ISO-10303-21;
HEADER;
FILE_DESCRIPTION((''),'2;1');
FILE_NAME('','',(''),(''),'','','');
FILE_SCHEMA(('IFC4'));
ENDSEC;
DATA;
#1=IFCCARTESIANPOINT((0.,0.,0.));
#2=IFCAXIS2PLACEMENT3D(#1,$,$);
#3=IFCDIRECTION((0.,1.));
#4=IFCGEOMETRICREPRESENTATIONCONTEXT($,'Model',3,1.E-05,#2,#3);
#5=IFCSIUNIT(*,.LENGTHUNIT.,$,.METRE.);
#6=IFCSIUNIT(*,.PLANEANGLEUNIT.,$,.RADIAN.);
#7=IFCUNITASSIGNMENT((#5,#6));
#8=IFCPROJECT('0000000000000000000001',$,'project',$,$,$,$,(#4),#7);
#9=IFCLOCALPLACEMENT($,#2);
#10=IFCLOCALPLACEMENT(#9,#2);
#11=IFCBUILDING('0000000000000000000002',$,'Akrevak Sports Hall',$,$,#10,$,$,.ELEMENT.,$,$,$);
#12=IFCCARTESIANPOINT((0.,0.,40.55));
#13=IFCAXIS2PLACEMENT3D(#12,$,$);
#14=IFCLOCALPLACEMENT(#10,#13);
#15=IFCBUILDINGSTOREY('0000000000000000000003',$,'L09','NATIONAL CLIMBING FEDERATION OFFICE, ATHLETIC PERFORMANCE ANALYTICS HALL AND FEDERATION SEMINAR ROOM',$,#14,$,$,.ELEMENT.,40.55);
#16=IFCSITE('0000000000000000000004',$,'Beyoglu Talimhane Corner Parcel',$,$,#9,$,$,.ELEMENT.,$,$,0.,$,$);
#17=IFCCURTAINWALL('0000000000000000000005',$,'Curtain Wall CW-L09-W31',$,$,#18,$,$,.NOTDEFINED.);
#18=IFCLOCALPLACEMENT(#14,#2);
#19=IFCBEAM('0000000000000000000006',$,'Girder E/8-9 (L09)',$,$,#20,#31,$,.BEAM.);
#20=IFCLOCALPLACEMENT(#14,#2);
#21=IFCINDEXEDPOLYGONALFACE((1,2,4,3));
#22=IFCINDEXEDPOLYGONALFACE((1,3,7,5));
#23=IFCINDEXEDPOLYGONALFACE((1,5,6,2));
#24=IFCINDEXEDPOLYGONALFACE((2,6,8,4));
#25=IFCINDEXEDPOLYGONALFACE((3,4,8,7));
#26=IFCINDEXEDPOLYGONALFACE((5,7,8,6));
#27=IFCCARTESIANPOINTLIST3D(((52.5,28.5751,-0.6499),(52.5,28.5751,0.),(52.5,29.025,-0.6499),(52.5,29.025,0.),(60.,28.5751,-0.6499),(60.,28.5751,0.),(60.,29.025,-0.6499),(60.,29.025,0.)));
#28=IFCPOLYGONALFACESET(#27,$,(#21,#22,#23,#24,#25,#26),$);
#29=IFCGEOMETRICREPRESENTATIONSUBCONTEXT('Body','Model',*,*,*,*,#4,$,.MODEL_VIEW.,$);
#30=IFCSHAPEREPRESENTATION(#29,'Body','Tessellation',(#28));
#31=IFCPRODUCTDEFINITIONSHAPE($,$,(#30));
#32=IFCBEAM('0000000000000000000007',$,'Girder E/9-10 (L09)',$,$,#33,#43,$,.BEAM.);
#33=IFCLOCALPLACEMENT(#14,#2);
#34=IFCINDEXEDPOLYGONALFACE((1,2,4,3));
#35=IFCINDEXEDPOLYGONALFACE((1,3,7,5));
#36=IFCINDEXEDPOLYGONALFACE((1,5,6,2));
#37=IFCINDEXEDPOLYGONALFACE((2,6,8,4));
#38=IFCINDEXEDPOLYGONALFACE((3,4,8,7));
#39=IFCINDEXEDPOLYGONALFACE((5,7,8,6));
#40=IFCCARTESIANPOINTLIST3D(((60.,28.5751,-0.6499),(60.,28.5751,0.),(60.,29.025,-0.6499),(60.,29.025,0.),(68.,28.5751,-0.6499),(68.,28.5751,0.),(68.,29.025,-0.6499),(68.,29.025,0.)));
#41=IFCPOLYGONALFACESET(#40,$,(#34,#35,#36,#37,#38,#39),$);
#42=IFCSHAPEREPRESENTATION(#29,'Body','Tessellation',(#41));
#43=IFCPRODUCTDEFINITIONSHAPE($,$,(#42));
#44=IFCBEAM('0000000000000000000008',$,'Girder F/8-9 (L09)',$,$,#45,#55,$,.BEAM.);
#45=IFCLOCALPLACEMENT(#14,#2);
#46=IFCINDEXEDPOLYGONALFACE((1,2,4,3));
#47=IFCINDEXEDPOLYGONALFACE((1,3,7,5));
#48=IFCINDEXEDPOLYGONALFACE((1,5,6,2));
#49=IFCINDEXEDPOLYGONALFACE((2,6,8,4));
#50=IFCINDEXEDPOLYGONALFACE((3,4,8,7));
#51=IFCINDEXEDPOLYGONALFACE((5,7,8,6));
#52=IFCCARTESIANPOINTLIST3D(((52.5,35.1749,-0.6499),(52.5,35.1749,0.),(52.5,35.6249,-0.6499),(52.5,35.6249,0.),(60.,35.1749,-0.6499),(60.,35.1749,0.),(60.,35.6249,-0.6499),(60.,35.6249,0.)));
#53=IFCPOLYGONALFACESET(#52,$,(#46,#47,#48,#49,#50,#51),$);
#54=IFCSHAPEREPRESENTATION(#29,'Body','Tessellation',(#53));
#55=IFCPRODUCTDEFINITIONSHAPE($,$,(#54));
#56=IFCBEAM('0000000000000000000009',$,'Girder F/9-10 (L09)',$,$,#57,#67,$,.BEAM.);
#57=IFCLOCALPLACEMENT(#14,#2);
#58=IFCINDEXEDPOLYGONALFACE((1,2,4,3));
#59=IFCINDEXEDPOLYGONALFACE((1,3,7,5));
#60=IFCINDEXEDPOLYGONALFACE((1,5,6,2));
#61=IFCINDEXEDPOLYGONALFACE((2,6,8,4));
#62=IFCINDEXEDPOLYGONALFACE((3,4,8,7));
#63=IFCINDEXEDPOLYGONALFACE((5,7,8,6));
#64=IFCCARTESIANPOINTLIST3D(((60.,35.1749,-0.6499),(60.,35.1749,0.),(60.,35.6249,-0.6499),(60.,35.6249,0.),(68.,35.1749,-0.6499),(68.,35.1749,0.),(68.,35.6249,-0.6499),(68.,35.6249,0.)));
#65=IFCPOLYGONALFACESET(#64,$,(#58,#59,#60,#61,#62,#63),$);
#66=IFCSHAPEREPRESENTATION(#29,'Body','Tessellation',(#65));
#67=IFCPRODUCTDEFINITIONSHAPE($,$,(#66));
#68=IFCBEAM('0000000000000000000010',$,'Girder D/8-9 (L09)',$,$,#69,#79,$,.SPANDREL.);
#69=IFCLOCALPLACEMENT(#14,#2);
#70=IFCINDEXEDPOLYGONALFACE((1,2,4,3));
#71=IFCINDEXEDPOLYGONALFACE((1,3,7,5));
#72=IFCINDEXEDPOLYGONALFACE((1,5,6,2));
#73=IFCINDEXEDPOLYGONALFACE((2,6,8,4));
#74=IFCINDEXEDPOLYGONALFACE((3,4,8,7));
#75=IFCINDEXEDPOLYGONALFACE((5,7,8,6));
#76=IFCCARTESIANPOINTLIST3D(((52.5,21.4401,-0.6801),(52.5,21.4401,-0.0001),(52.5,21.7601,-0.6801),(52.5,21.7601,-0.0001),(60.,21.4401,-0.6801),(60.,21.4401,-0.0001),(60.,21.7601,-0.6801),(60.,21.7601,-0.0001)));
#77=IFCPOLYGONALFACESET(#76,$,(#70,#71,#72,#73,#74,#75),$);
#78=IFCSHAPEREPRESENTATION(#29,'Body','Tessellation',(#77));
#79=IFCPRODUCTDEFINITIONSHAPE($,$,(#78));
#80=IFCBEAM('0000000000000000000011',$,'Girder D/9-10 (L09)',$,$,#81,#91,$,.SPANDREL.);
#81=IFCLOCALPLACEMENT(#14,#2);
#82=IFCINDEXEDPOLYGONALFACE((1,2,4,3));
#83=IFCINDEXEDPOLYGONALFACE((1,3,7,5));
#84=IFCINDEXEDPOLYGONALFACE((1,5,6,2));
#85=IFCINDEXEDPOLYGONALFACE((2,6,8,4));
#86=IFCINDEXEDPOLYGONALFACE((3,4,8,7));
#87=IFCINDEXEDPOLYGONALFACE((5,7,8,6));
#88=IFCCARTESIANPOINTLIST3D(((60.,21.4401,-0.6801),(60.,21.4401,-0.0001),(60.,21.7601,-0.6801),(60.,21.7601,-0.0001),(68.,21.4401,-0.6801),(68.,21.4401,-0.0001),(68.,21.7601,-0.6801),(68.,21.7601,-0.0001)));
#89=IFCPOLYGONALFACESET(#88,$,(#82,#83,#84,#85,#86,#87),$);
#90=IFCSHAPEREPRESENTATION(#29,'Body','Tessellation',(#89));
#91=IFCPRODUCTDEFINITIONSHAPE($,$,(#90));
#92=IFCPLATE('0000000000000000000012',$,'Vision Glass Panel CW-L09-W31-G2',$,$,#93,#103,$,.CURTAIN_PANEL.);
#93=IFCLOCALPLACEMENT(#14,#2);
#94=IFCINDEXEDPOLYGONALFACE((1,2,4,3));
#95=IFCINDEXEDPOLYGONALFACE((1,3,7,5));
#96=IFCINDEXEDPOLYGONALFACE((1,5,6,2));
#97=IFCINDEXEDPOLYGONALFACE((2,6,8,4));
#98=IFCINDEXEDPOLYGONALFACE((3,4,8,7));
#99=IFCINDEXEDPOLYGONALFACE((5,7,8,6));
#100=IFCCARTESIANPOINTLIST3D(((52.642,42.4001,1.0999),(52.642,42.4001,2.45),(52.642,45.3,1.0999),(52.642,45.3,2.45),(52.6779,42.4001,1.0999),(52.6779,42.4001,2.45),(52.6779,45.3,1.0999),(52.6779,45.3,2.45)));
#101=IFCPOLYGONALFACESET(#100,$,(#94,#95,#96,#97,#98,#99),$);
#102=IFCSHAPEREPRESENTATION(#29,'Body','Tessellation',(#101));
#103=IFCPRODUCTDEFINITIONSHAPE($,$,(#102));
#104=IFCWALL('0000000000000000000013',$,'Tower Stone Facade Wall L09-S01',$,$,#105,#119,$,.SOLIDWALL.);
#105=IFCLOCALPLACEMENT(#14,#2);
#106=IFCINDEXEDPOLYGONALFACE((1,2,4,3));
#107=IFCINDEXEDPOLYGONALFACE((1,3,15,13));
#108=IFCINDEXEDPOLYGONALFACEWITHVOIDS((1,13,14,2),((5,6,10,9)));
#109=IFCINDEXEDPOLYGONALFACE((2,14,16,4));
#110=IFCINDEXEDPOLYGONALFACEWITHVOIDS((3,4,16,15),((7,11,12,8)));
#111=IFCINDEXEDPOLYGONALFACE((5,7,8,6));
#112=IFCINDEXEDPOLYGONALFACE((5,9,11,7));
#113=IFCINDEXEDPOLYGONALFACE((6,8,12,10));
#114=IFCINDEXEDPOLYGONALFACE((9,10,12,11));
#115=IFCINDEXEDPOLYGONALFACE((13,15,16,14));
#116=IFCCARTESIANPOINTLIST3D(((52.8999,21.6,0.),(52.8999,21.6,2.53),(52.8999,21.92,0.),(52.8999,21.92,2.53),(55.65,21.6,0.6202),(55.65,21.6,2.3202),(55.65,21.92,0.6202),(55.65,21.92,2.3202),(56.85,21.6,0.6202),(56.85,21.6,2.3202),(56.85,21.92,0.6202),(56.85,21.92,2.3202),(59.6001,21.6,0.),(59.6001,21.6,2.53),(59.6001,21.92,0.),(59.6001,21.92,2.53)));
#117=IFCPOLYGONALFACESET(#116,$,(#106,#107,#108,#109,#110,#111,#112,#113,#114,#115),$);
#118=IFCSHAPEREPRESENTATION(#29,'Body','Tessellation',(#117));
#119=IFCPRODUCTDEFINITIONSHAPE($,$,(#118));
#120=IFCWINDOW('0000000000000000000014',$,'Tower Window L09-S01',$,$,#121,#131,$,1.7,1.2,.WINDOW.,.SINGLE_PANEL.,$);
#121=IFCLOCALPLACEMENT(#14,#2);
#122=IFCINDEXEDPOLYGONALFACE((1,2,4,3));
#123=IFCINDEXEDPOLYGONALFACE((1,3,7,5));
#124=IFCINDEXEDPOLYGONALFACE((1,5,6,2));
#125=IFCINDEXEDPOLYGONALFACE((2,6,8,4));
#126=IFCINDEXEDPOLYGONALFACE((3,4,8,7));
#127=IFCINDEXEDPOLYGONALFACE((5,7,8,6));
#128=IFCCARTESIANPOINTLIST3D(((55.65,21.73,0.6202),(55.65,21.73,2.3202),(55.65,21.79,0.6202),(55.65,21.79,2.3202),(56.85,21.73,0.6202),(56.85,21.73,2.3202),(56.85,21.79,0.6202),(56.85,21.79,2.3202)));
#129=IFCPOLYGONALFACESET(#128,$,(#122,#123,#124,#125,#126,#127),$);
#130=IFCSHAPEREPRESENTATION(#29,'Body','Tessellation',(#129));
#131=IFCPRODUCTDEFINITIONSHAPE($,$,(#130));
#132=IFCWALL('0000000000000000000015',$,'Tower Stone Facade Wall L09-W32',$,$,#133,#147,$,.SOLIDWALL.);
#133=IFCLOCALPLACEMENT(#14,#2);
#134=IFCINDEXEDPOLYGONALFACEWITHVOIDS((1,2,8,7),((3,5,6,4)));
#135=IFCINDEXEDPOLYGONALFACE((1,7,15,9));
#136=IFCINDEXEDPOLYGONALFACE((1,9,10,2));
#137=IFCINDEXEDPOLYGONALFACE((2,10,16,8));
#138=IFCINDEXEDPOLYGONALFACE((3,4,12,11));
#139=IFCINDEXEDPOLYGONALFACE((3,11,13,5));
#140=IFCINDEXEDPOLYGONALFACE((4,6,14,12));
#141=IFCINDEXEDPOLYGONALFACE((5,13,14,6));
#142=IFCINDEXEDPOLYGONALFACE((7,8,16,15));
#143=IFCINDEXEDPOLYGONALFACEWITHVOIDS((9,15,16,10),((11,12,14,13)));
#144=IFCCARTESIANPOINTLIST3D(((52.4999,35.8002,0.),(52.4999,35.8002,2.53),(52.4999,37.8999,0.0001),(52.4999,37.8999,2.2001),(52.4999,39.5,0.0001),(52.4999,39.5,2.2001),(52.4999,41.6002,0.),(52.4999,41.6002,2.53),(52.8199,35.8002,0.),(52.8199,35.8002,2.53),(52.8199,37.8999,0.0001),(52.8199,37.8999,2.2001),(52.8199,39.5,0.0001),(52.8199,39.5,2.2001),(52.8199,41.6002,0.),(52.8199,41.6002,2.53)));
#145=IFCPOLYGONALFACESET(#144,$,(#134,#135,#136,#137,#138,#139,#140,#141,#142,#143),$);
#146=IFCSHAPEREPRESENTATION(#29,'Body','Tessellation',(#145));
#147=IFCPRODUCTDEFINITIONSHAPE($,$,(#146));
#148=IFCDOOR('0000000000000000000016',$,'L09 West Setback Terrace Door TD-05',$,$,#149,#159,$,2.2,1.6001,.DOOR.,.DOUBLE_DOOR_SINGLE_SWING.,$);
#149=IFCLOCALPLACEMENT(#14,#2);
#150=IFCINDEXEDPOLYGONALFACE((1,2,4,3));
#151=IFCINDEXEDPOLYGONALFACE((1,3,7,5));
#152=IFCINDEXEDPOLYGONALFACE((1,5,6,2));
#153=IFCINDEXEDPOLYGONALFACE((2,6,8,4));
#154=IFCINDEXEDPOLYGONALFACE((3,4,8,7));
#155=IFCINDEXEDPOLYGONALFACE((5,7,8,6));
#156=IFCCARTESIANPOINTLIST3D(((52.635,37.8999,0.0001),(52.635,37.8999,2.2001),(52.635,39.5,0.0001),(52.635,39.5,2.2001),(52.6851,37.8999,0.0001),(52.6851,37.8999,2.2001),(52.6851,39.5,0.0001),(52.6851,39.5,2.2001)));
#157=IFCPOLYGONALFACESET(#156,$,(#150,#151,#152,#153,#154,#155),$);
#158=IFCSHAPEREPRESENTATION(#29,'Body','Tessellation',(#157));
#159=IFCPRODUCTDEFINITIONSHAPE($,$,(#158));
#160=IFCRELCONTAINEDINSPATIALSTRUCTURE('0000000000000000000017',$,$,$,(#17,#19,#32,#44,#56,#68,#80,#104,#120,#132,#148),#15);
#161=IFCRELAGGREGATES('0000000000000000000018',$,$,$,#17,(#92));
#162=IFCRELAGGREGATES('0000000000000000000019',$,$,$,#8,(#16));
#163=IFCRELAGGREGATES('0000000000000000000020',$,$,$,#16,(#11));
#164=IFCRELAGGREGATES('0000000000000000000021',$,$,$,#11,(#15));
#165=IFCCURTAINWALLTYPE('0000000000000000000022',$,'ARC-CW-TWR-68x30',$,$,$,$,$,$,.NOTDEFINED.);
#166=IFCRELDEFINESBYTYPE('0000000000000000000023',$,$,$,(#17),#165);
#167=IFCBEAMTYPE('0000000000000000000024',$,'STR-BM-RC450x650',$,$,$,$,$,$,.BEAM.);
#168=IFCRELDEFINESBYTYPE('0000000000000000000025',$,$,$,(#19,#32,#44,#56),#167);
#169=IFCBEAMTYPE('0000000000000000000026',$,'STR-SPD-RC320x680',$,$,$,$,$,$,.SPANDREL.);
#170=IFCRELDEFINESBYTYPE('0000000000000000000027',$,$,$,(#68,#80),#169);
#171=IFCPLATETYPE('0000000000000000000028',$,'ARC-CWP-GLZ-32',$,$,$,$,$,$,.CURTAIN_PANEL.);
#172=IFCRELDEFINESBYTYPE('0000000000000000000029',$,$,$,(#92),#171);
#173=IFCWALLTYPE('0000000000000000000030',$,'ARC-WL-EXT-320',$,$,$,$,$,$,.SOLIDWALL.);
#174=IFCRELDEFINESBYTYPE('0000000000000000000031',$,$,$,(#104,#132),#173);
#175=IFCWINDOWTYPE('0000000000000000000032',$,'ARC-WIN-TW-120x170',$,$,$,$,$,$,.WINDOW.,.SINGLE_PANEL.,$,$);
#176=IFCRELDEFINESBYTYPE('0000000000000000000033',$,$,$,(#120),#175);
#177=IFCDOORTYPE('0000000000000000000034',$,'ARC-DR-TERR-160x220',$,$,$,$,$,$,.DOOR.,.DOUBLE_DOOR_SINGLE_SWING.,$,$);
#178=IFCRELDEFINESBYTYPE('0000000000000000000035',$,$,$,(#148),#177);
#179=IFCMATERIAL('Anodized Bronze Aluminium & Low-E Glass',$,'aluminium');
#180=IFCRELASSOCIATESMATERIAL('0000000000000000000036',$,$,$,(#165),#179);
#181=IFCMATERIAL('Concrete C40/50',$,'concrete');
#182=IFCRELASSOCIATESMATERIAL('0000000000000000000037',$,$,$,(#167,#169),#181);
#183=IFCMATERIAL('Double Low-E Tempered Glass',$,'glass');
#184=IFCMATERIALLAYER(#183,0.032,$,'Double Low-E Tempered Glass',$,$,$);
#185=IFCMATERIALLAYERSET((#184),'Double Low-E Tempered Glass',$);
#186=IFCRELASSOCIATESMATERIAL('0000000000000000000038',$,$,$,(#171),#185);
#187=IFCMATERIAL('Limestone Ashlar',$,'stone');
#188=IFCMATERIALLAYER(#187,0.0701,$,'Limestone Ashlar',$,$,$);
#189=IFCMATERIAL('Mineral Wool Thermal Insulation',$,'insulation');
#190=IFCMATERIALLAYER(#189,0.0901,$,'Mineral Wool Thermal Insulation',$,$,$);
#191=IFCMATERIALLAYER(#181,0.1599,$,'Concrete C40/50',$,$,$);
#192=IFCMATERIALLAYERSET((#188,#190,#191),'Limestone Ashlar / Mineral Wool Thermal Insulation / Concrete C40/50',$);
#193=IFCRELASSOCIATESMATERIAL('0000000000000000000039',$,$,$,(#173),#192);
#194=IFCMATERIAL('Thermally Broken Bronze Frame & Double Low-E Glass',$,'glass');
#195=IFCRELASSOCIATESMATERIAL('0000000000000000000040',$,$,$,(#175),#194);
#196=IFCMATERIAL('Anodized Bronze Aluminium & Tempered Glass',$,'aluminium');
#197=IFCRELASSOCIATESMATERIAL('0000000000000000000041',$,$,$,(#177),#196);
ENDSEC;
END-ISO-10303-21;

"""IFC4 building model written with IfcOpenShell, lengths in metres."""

from ifc_helpers import new_model, si_unit, direction, frame, frame_2d, origin, origin_2d, place, context, subcontext, project, spatial, rectangle, extrude, material, layer, layer_set, material_profile, profile_set, type_object, element, fill, aggregate, save


model = new_model("IFC4")

# Units and contexts
model_context = context("Model", 3, precision=1e-05, world=origin(), true_north=direction((0.0, 1.0)))
body_context = subcontext(model_context, "Body", "Model", "MODEL_VIEW")
ifc_project = project(units=[si_unit("LENGTHUNIT", "METRE"), si_unit("PLANEANGLEUNIT", "RADIAN")], contexts=[model_context])

# Site, building, storey
site_placement = place(None, origin())
site = spatial("IfcSite", under=ifc_project, at=site_placement, Name="Beyoglu Talimhane Corner Parcel", CompositionType="ELEMENT", RefElevation=0.0)
building_placement = place(site_placement, origin())
building = spatial("IfcBuilding", under=site, at=building_placement, Name="Akrevak Sports Hall", CompositionType="ELEMENT")
storey_placement = place(building_placement, frame((0.0, 0.0, 40.55)))
storey = spatial("IfcBuildingStorey", under=building, at=storey_placement, Name="L09", Description="NATIONAL CLIMBING FEDERATION OFFICE, ATHLETIC PERFORMANCE ANALYTICS HALL AND FEDERATION SEMINAR ROOM", CompositionType="ELEMENT", Elevation=40.55)

# Shared definitions
ifc_material_1 = material(Name="Concrete C40/50", Category="concrete")

# Curtain wall
ifc_material_2 = material(Name="Anodized Bronze Aluminium & Low-E Glass", Category="aluminium")
curtain_wall_type = type_object("IfcCurtainWallType", Name="ARC-CW-TWR-68x30", PredefinedType="NOTDEFINED", material=ifc_material_2)
curtain_wall_placement = place(storey_placement, origin())
curtain_wall = element("IfcCurtainWall", 1, at=curtain_wall_placement, inside=storey, type_object=curtain_wall_type, Name="Curtain Wall CW-L09-W31", PredefinedType="NOTDEFINED")

# Beams
ifc_material_profile_1 = material_profile(ifc_material_1, rectangle(XDim=0.45, YDim=0.6499, at=origin_2d()), Name="BM 450x650", Category="concrete")
ifc_profile_set_1 = profile_set([ifc_material_profile_1], Name="Concrete C40/50")
beam_type_1 = type_object("IfcBeamType", Name="STR-BM-RC450x650", PredefinedType="BEAM", material=ifc_profile_set_1)
beam_1_placement = place(storey_placement, frame((52.5, 28.8, -0.325), z_axis=(1.0, 0.0, 0.0), x_axis=(0.0, 1.0, 0.0)))
element("IfcBeam", 2, at=beam_1_placement, inside=storey, type_object=beam_type_1, Name="Girder E/8-9 (L09)", PredefinedType="BEAM", context=body_context, shape_type="SweptSolid", body=[
    extrude(rectangle(XDim=0.45, YDim=0.6499, at=origin_2d()), origin(), (0.0, 0.0, 1.0), 7.5),
])
beam_2_placement = place(storey_placement, frame((60.0, 28.8, -0.325), z_axis=(1.0, 0.0, 0.0), x_axis=(0.0, 1.0, 0.0)))
element("IfcBeam", 3, at=beam_2_placement, inside=storey, type_object=beam_type_1, Name="Girder E/9-10 (L09)", PredefinedType="BEAM", context=body_context, shape_type="SweptSolid", body=[
    extrude(rectangle(XDim=0.45, YDim=0.6499, at=origin_2d()), origin(), (0.0, 0.0, 1.0), 8.0),
])
beam_3_placement = place(storey_placement, frame((52.5, 35.3999, -0.325), z_axis=(1.0, 0.0, 0.0), x_axis=(0.0, 1.0, 0.0)))
element("IfcBeam", 4, at=beam_3_placement, inside=storey, type_object=beam_type_1, Name="Girder F/8-9 (L09)", PredefinedType="BEAM", context=body_context, shape_type="SweptSolid", body=[
    extrude(rectangle(XDim=0.45, YDim=0.6499, at=origin_2d()), origin(), (0.0, 0.0, 1.0), 7.5),
])
beam_4_placement = place(storey_placement, frame((60.0, 35.3999, -0.325), z_axis=(1.0, 0.0, 0.0), x_axis=(0.0, 1.0, 0.0)))
element("IfcBeam", 5, at=beam_4_placement, inside=storey, type_object=beam_type_1, Name="Girder F/9-10 (L09)", PredefinedType="BEAM", context=body_context, shape_type="SweptSolid", body=[
    extrude(rectangle(XDim=0.45, YDim=0.6499, at=origin_2d()), origin(), (0.0, 0.0, 1.0), 8.0),
])
ifc_material_profile_2 = material_profile(ifc_material_1, rectangle(XDim=0.3201, YDim=0.6799, at=origin_2d()), Name="SPD 320x680", Category="concrete")
ifc_profile_set_2 = profile_set([ifc_material_profile_2], Name="Concrete C40/50")
beam_type_2 = type_object("IfcBeamType", Name="STR-SPD-RC320x680", PredefinedType="SPANDREL", material=ifc_profile_set_2)
beam_5_placement = place(storey_placement, frame((52.5, 21.6001, -0.3401), z_axis=(1.0, 0.0, 0.0), x_axis=(0.0, 1.0, 0.0)))
element("IfcBeam", 6, at=beam_5_placement, inside=storey, type_object=beam_type_2, Name="Girder D/8-9 (L09)", PredefinedType="SPANDREL", context=body_context, shape_type="SweptSolid", body=[
    extrude(rectangle(XDim=0.3201, YDim=0.6799, at=origin_2d()), origin(), (0.0, 0.0, 1.0), 7.5),
])
beam_6_placement = place(storey_placement, frame((60.0, 21.6001, -0.3401), z_axis=(1.0, 0.0, 0.0), x_axis=(0.0, 1.0, 0.0)))
element("IfcBeam", 7, at=beam_6_placement, inside=storey, type_object=beam_type_2, Name="Girder D/9-10 (L09)", PredefinedType="SPANDREL", context=body_context, shape_type="SweptSolid", body=[
    extrude(rectangle(XDim=0.3201, YDim=0.6799, at=origin_2d()), origin(), (0.0, 0.0, 1.0), 8.0),
])

# Plate
ifc_material_3 = material(Name="Double Low-E Tempered Glass", Category="glass")
ifc_layer_1 = layer(ifc_material_3, 0.032, Name="Double Low-E Tempered Glass")
ifc_layer_set_1 = layer_set([ifc_layer_1], Name="Double Low-E Tempered Glass")
plate_type = type_object("IfcPlateType", Name="ARC-CWP-GLZ-32", PredefinedType="CURTAIN_PANEL", material=ifc_layer_set_1)
plate_placement = place(storey_placement, frame((52.6599, 43.8501, 1.0999), z_axis=(0.0, 0.0, 1.0), x_axis=(0.0, -1.0, 0.0)))
plate = element("IfcPlate", 8, at=plate_placement, type_object=plate_type, Name="Vision Glass Panel CW-L09-W31-G2", PredefinedType="CURTAIN_PANEL", context=body_context, shape_type="SweptSolid", body=[
    extrude(rectangle(XDim=2.8999, YDim=0.0359, at=origin_2d()), origin(), (0.0, 0.0, 1.0), 1.3501),
])
aggregate(curtain_wall, [plate])

# Wall, opening, window
ifc_material_4 = material(Name="Limestone Ashlar", Category="stone")
ifc_layer_2 = layer(ifc_material_4, 0.0701, Name="Limestone Ashlar")
ifc_material_5 = material(Name="Mineral Wool Thermal Insulation", Category="insulation")
ifc_layer_3 = layer(ifc_material_5, 0.0901, Name="Mineral Wool Thermal Insulation")
ifc_layer_4 = layer(ifc_material_1, 0.1599, Name="Concrete C40/50")
ifc_layer_set_2 = layer_set([ifc_layer_2, ifc_layer_3, ifc_layer_4], Name="Limestone Ashlar / Mineral Wool Thermal Insulation / Concrete C40/50")
wall_type = type_object("IfcWallType", Name="ARC-WL-EXT-320", PredefinedType="SOLIDWALL", material=ifc_layer_set_2)
wall_1_placement = place(storey_placement, frame((52.8999, 21.76, 0.0), z_axis=(0.0, 0.0, 1.0), x_axis=(1.0, 0.0, 0.0)))
wall_1 = element("IfcWall", 9, at=wall_1_placement, inside=storey, type_object=wall_type, Name="Tower Stone Facade Wall L09-S01", PredefinedType="SOLIDWALL", context=body_context, shape_type="SweptSolid", body=[
    extrude(rectangle(XDim=6.7002, YDim=0.3201, at=frame_2d((3.3501, 0.0))), origin(), (0.0, 0.0, 1.0), 2.53),
])
opening_1_placement = place(wall_1_placement, frame((2.75, 0.0, 0.6201)))
opening_1 = element("IfcOpeningElement", 10, at=opening_1_placement, cuts=wall_1, PredefinedType="OPENING", context=body_context, shape_type="SweptSolid", body=[
    extrude(rectangle(XDim=1.2, YDim=1.7, at=frame_2d((0.6001, 0.8501))), frame((0.0, 0.1719, 0.0), z_axis=(0.0, -1.0, 0.0), x_axis=(1.0, 0.0, 0.0)), (0.0, 0.0, 1.0), 0.344),
])
ifc_material_6 = material(Name="Thermally Broken Bronze Frame & Double Low-E Glass", Category="glass")
window_type_1 = type_object("IfcWindowType", Name="ARC-WIN-TW-120x170", PartitioningType="SINGLE_PANEL", PredefinedType="WINDOW", material=ifc_material_6)
window_1_placement = place(opening_1_placement, origin())
window_1 = element("IfcWindow", 11, at=window_1_placement, inside=storey, type_object=window_type_1, Name="Tower Window L09-S01", OverallHeight=1.7, OverallWidth=1.2, PartitioningType="SINGLE_PANEL", PredefinedType="WINDOW", context=body_context, shape_type="SweptSolid", body=[
    extrude(rectangle(XDim=1.2, YDim=1.7, at=frame_2d((0.6001, 0.8501))), frame((0.0, 0.03, 0.0), z_axis=(0.0, -1.0, 0.0), x_axis=(1.0, 0.0, 0.0)), (0.0, 0.0, 1.0), 0.0601),
])
fill(opening_1, window_1)

# Wall, opening, door
wall_2_placement = place(storey_placement, frame((52.6599, 41.6001, 0.0), z_axis=(0.0, 0.0, 1.0), x_axis=(0.0, -1.0, 0.0)))
wall_2 = element("IfcWall", 12, at=wall_2_placement, inside=storey, type_object=wall_type, Name="Tower Stone Facade Wall L09-W32", PredefinedType="SOLIDWALL", context=body_context, shape_type="SweptSolid", body=[
    extrude(rectangle(XDim=5.8, YDim=0.3201, at=frame_2d((2.8999, 0.0))), origin(), (0.0, 0.0, 1.0), 2.53),
])
opening_2_placement = place(wall_2_placement, frame((2.1001, 0.0, 0.0)))
opening_2 = element("IfcOpeningElement", 13, at=opening_2_placement, cuts=wall_2, PredefinedType="OPENING", context=body_context, shape_type="SweptSolid", body=[
    extrude(rectangle(XDim=1.6001, YDim=2.2, at=frame_2d((0.8, 1.1001))), frame((0.0, 0.1719, 0.0), z_axis=(0.0, -1.0, 0.0), x_axis=(1.0, 0.0, 0.0)), (0.0, 0.0, 1.0), 0.344),
])
ifc_material_7 = material(Name="Anodized Bronze Aluminium & Tempered Glass", Category="aluminium")
door_type = type_object("IfcDoorType", Name="ARC-DR-TERR-160x220", OperationType="DOUBLE_DOOR_SINGLE_SWING", PredefinedType="DOOR", material=ifc_material_7)
door_placement = place(opening_2_placement, frame((1.6001, 0.0, 0.0), z_axis=(0.0, 0.0, 1.0), x_axis=(-1.0, 0.0, 0.0)))
door = element("IfcDoor", 14, at=door_placement, inside=storey, type_object=door_type, Name="L09 West Setback Terrace Door TD-05", OperationType="DOUBLE_DOOR_SINGLE_SWING", OverallHeight=2.2, OverallWidth=1.6001, PredefinedType="DOOR", context=body_context, shape_type="SweptSolid", body=[
    extrude(rectangle(XDim=1.6001, YDim=2.2, at=frame_2d((0.8, 1.1001))), frame((0.0, 0.0249, 0.0), z_axis=(0.0, -1.0, 0.0), x_axis=(1.0, 0.0, 0.0)), (0.0, 0.0, 1.0), 0.05),
])
fill(opening_2, door)

save(model, "model.ifc")
